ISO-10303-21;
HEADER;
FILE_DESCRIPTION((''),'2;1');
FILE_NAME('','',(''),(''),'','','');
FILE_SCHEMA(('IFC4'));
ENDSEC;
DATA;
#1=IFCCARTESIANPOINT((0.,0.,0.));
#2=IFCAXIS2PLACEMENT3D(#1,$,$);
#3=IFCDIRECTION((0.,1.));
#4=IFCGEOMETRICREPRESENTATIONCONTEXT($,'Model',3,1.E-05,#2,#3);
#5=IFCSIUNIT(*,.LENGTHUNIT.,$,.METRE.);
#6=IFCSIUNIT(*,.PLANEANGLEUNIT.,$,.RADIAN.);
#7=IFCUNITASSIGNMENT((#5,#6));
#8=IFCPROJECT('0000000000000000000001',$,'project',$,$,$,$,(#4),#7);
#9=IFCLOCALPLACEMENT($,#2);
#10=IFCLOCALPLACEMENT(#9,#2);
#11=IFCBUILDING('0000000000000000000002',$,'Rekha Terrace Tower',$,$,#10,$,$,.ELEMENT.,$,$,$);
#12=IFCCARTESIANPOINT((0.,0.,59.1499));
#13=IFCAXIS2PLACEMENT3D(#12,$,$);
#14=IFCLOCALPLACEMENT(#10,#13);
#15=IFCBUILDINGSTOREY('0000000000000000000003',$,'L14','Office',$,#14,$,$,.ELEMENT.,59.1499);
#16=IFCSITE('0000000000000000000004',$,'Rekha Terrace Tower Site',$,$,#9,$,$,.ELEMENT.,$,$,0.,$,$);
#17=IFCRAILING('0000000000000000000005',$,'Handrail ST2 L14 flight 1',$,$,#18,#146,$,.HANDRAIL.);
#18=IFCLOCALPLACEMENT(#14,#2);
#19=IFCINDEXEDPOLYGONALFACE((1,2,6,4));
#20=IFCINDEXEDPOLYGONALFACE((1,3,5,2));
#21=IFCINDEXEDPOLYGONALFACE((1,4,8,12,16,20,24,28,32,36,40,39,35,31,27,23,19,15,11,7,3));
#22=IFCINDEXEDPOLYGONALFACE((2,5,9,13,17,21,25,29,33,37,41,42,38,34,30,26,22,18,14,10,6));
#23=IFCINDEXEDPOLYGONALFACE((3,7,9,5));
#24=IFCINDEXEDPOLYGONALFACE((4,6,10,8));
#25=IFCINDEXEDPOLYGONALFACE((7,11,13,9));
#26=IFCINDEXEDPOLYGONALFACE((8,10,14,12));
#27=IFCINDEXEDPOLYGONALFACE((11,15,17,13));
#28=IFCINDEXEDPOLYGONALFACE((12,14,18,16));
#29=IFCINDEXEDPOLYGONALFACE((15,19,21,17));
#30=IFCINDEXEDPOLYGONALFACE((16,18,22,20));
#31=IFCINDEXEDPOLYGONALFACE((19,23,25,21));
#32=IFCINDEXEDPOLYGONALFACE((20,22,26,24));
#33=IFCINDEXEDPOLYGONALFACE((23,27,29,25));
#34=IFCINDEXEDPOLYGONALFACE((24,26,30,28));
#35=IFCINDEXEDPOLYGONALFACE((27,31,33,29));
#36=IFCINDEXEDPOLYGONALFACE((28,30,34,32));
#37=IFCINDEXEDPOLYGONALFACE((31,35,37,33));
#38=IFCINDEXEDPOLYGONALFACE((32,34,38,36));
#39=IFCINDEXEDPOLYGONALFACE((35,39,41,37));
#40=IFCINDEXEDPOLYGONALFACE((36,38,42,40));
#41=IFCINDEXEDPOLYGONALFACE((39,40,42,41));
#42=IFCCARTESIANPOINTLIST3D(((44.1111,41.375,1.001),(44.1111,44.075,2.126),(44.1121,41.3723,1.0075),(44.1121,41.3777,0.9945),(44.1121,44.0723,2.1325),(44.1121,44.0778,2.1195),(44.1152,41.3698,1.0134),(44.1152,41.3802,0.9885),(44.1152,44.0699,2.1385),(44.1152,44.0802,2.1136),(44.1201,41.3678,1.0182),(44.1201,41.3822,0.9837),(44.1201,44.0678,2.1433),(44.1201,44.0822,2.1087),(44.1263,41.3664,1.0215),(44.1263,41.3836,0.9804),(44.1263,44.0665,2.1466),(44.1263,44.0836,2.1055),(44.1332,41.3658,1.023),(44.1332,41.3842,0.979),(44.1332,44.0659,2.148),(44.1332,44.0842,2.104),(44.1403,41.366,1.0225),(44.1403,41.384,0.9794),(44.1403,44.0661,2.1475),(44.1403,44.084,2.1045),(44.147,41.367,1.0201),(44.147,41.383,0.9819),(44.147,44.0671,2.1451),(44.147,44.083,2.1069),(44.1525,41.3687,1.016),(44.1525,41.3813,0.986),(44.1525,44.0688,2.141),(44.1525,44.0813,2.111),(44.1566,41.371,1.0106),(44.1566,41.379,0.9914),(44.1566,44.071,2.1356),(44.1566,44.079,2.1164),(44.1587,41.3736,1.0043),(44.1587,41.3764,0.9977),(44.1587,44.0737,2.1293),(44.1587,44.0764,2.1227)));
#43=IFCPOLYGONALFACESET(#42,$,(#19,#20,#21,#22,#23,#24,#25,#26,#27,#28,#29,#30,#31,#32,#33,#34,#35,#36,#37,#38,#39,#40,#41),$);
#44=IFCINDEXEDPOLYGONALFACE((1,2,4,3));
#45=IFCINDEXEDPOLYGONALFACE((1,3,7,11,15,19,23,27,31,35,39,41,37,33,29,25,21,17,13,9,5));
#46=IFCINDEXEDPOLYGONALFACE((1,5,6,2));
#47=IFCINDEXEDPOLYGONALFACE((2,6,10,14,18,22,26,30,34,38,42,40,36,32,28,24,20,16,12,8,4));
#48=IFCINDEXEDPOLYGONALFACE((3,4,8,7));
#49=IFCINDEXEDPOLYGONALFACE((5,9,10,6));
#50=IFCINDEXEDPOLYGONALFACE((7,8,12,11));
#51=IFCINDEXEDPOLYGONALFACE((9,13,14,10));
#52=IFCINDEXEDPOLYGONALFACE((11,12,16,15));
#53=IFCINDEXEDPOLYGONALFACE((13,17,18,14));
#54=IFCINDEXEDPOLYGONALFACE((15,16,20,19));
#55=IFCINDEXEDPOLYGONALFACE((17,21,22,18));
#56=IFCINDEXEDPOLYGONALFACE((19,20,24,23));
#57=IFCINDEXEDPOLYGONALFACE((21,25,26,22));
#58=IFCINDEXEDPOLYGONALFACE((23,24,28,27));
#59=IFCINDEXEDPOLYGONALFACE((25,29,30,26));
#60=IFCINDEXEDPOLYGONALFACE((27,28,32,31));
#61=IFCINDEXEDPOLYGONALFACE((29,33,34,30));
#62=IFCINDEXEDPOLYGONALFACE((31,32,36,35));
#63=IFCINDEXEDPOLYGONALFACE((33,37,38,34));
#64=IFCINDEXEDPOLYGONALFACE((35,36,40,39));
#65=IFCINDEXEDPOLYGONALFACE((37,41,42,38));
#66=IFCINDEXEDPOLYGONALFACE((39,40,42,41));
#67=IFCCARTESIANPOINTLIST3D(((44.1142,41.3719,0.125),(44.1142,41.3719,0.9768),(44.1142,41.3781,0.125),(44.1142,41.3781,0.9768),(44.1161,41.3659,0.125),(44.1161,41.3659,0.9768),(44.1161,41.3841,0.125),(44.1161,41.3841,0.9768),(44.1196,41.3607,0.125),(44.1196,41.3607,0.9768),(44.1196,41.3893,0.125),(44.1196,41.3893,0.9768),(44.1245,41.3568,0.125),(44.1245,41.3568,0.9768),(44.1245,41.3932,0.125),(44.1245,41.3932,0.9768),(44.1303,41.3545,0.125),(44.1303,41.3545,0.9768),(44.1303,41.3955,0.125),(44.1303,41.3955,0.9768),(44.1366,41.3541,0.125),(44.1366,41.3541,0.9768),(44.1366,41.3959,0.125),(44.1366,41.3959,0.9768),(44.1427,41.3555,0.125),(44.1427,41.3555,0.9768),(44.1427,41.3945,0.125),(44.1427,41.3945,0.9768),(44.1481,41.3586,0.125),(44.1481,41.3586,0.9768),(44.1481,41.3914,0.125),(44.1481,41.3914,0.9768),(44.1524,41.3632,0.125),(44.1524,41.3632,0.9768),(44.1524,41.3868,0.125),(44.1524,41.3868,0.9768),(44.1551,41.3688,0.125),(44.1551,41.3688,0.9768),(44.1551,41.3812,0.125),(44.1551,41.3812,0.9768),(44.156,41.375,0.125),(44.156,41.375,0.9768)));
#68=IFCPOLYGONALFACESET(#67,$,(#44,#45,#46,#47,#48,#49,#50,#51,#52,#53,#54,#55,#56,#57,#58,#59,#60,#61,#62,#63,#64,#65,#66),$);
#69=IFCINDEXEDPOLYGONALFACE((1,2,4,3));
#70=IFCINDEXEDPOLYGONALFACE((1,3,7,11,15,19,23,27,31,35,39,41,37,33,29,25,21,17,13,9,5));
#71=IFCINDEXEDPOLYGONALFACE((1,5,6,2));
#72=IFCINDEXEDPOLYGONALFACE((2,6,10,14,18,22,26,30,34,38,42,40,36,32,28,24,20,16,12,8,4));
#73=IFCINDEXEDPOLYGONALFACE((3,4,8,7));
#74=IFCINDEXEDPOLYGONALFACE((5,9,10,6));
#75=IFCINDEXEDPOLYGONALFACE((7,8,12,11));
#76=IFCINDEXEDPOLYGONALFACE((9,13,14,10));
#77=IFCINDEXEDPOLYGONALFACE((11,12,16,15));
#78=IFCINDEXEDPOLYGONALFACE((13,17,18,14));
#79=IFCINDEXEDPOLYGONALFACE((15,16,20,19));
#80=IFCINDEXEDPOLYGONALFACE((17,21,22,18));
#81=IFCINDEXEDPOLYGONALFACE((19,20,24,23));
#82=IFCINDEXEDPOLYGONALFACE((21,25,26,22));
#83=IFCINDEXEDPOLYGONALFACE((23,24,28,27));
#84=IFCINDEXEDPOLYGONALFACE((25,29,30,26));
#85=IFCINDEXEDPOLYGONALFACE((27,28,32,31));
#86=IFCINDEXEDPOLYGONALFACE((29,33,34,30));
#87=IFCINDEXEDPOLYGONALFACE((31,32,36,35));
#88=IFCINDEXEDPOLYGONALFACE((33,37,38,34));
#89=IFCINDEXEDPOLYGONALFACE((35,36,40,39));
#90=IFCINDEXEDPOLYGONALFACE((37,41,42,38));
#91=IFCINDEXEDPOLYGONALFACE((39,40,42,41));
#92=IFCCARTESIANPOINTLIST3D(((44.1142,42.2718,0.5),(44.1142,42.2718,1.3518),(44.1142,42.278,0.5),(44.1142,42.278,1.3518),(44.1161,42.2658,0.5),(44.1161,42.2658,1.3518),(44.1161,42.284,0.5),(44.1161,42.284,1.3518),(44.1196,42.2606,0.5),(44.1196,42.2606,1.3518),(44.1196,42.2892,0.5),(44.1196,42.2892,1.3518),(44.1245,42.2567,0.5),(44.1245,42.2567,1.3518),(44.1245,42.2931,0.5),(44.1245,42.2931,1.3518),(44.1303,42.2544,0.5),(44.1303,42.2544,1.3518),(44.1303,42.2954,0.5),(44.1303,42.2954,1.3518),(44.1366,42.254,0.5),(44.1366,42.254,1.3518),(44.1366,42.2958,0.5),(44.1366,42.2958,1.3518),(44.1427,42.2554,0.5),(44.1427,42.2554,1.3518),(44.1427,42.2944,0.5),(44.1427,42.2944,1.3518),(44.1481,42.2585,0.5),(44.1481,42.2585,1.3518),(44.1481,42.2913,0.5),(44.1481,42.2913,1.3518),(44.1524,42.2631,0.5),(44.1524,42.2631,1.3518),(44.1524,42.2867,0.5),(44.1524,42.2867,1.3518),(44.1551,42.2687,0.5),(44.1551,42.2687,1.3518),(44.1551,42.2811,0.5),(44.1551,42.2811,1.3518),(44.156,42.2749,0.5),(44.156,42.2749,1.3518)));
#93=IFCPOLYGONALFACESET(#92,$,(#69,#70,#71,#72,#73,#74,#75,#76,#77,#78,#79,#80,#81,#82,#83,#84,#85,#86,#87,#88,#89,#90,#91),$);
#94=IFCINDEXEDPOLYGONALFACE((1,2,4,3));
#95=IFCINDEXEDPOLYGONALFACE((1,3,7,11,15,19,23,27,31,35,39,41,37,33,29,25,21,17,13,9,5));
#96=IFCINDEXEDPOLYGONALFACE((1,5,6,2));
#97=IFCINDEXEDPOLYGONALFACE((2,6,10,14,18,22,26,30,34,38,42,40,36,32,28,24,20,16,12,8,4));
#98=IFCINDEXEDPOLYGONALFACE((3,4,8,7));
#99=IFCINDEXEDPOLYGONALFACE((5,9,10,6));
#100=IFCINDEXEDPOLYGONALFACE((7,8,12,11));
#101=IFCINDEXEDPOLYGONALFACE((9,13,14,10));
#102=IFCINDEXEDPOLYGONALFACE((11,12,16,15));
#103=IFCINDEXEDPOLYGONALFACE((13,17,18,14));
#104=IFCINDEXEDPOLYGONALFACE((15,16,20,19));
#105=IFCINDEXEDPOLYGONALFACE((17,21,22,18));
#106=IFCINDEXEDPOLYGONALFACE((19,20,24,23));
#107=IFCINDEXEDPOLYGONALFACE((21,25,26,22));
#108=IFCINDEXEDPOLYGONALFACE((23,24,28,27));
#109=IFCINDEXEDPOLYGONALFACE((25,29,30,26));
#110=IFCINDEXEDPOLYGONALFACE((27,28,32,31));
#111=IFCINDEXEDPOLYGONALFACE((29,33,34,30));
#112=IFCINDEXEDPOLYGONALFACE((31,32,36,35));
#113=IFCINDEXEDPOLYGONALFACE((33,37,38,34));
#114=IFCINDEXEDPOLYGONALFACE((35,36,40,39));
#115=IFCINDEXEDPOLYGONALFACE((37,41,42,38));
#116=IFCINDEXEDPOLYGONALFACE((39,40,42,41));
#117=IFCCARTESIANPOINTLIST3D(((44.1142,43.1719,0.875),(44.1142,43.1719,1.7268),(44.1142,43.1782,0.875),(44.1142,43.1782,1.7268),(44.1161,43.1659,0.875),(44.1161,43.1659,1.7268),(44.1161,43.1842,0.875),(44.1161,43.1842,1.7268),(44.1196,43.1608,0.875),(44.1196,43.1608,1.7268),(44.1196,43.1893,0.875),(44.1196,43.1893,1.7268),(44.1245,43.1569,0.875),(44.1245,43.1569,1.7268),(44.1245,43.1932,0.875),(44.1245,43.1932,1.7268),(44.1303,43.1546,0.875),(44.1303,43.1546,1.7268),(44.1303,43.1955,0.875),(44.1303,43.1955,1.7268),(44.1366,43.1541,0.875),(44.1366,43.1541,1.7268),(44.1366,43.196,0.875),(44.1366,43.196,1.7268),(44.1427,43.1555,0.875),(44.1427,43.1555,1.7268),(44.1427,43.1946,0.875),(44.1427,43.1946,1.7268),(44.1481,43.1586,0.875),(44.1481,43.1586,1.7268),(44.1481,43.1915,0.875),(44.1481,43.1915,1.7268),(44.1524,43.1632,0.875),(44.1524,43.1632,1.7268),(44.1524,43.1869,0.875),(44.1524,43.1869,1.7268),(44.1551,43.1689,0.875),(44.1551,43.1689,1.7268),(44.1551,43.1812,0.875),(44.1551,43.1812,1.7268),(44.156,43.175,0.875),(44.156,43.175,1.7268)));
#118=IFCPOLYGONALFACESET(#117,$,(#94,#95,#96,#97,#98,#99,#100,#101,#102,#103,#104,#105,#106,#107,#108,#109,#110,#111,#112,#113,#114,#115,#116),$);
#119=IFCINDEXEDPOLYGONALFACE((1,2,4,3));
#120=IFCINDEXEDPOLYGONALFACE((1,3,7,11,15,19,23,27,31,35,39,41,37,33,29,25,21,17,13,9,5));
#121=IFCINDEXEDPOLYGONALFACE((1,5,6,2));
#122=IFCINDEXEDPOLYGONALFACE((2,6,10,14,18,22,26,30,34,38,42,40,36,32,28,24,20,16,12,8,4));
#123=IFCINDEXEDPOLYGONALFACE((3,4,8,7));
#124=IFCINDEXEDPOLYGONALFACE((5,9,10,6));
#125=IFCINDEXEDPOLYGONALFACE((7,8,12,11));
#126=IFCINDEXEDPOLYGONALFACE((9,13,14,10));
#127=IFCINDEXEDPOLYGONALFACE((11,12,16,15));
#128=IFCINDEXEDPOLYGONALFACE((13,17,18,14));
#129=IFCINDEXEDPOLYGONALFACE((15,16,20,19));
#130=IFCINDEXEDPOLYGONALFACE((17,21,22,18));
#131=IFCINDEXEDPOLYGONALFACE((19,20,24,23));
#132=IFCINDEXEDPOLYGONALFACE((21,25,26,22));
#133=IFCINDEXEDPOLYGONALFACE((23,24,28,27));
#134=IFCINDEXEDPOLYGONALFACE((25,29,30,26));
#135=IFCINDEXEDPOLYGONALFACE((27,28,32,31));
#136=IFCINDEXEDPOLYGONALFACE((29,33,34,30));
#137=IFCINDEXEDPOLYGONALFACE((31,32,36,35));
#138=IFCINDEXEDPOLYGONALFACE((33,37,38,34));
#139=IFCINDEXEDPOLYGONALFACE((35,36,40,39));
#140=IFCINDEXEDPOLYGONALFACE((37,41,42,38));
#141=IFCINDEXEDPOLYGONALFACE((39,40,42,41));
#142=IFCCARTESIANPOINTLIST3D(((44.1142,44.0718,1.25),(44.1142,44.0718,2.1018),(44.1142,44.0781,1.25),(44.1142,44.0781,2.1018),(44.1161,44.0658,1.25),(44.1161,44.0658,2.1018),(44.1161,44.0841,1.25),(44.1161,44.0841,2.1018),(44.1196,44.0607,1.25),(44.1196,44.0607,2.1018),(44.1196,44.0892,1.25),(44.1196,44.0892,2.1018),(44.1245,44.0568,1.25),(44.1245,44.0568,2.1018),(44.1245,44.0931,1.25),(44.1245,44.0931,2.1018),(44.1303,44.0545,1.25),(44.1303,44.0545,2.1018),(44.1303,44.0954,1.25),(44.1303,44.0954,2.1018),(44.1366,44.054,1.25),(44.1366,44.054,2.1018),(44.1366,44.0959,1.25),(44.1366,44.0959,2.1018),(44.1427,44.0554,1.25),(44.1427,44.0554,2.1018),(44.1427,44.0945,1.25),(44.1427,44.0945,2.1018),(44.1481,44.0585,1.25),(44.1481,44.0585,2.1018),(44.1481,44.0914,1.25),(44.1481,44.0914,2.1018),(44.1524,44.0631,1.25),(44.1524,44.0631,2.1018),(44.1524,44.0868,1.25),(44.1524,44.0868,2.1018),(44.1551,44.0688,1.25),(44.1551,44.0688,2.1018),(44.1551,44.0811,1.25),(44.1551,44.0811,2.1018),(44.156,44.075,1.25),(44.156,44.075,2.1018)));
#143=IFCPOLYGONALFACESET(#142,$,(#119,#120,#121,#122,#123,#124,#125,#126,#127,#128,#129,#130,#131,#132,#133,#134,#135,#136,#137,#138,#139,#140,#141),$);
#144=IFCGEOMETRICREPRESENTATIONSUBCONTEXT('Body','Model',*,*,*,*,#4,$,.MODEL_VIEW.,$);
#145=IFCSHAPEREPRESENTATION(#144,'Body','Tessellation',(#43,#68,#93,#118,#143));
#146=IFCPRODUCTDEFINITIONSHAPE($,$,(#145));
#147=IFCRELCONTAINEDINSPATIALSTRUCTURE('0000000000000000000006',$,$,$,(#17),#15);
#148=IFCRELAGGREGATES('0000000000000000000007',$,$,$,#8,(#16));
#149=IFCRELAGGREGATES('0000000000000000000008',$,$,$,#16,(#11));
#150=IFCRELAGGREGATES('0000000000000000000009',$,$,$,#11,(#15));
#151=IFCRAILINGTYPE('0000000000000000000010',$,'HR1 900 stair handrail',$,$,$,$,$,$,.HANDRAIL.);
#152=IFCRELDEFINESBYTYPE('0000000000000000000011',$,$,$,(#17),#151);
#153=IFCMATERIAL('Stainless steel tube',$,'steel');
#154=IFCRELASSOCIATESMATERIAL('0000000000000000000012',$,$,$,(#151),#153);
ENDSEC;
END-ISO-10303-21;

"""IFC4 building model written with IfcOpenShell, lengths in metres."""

from ifc_helpers import new_model, si_unit, direction, frame, origin, origin_2d, place, context, subcontext, project, spatial, circle, extrude, material, type_object, element, save


model = new_model("IFC4")

# Units and contexts
model_context = context("Model", 3, precision=1e-05, world=origin(), true_north=direction((0.0, 1.0)))
body_context = subcontext(model_context, "Body", "Model", "MODEL_VIEW")
ifc_project = project(units=[si_unit("LENGTHUNIT", "METRE"), si_unit("PLANEANGLEUNIT", "RADIAN")], contexts=[model_context])

# Site, building, storey
site_placement = place(None, origin())
site = spatial("IfcSite", under=ifc_project, at=site_placement, Name="Rekha Terrace Tower Site", CompositionType="ELEMENT", RefElevation=0.0)
building_placement = place(site_placement, origin())
building = spatial("IfcBuilding", under=site, at=building_placement, Name="Rekha Terrace Tower", CompositionType="ELEMENT")
storey_placement = place(building_placement, frame((0.0, 0.0, 59.1499)))
storey = spatial("IfcBuildingStorey", under=building, at=storey_placement, Name="L14", Description="Office", CompositionType="ELEMENT", Elevation=59.1499)

# Railing
ifc_material_1 = material(Name="Stainless steel tube", Category="steel")
railing_type = type_object("IfcRailingType", Name="HR1 900 stair handrail", PredefinedType="HANDRAIL", material=ifc_material_1)
railing_placement = place(storey_placement, frame((44.135, 41.375, 0.125)))
element("IfcRailing", 1, at=railing_placement, inside=storey, type_object=railing_type, Name="Handrail ST2 L14 flight 1", PredefinedType="HANDRAIL", context=body_context, shape_type="SweptSolid", body=[
    extrude(circle(Radius=0.0239, at=origin_2d()), frame((0.0, 0.0, 0.876), z_axis=(0.0, 0.923074, 0.384621), x_axis=(-1.0, 0.0, 0.0)), (0.0, 0.0, 1.0), 2.925),
    extrude(circle(Radius=0.021, at=origin_2d()), origin(), (0.0, 0.0, 1.0), 0.8518),
    extrude(circle(Radius=0.021, at=origin_2d()), frame((0.0, 0.8999, 0.375)), (0.0, 0.0, 1.0), 0.8518),
    extrude(circle(Radius=0.021, at=origin_2d()), frame((0.0, 1.8, 0.75)), (0.0, 0.0, 1.0), 0.8518),
    extrude(circle(Radius=0.021, at=origin_2d()), frame((0.0, 2.7, 1.125)), (0.0, 0.0, 1.0), 0.8518),
])

save(model, "model.ifc")
